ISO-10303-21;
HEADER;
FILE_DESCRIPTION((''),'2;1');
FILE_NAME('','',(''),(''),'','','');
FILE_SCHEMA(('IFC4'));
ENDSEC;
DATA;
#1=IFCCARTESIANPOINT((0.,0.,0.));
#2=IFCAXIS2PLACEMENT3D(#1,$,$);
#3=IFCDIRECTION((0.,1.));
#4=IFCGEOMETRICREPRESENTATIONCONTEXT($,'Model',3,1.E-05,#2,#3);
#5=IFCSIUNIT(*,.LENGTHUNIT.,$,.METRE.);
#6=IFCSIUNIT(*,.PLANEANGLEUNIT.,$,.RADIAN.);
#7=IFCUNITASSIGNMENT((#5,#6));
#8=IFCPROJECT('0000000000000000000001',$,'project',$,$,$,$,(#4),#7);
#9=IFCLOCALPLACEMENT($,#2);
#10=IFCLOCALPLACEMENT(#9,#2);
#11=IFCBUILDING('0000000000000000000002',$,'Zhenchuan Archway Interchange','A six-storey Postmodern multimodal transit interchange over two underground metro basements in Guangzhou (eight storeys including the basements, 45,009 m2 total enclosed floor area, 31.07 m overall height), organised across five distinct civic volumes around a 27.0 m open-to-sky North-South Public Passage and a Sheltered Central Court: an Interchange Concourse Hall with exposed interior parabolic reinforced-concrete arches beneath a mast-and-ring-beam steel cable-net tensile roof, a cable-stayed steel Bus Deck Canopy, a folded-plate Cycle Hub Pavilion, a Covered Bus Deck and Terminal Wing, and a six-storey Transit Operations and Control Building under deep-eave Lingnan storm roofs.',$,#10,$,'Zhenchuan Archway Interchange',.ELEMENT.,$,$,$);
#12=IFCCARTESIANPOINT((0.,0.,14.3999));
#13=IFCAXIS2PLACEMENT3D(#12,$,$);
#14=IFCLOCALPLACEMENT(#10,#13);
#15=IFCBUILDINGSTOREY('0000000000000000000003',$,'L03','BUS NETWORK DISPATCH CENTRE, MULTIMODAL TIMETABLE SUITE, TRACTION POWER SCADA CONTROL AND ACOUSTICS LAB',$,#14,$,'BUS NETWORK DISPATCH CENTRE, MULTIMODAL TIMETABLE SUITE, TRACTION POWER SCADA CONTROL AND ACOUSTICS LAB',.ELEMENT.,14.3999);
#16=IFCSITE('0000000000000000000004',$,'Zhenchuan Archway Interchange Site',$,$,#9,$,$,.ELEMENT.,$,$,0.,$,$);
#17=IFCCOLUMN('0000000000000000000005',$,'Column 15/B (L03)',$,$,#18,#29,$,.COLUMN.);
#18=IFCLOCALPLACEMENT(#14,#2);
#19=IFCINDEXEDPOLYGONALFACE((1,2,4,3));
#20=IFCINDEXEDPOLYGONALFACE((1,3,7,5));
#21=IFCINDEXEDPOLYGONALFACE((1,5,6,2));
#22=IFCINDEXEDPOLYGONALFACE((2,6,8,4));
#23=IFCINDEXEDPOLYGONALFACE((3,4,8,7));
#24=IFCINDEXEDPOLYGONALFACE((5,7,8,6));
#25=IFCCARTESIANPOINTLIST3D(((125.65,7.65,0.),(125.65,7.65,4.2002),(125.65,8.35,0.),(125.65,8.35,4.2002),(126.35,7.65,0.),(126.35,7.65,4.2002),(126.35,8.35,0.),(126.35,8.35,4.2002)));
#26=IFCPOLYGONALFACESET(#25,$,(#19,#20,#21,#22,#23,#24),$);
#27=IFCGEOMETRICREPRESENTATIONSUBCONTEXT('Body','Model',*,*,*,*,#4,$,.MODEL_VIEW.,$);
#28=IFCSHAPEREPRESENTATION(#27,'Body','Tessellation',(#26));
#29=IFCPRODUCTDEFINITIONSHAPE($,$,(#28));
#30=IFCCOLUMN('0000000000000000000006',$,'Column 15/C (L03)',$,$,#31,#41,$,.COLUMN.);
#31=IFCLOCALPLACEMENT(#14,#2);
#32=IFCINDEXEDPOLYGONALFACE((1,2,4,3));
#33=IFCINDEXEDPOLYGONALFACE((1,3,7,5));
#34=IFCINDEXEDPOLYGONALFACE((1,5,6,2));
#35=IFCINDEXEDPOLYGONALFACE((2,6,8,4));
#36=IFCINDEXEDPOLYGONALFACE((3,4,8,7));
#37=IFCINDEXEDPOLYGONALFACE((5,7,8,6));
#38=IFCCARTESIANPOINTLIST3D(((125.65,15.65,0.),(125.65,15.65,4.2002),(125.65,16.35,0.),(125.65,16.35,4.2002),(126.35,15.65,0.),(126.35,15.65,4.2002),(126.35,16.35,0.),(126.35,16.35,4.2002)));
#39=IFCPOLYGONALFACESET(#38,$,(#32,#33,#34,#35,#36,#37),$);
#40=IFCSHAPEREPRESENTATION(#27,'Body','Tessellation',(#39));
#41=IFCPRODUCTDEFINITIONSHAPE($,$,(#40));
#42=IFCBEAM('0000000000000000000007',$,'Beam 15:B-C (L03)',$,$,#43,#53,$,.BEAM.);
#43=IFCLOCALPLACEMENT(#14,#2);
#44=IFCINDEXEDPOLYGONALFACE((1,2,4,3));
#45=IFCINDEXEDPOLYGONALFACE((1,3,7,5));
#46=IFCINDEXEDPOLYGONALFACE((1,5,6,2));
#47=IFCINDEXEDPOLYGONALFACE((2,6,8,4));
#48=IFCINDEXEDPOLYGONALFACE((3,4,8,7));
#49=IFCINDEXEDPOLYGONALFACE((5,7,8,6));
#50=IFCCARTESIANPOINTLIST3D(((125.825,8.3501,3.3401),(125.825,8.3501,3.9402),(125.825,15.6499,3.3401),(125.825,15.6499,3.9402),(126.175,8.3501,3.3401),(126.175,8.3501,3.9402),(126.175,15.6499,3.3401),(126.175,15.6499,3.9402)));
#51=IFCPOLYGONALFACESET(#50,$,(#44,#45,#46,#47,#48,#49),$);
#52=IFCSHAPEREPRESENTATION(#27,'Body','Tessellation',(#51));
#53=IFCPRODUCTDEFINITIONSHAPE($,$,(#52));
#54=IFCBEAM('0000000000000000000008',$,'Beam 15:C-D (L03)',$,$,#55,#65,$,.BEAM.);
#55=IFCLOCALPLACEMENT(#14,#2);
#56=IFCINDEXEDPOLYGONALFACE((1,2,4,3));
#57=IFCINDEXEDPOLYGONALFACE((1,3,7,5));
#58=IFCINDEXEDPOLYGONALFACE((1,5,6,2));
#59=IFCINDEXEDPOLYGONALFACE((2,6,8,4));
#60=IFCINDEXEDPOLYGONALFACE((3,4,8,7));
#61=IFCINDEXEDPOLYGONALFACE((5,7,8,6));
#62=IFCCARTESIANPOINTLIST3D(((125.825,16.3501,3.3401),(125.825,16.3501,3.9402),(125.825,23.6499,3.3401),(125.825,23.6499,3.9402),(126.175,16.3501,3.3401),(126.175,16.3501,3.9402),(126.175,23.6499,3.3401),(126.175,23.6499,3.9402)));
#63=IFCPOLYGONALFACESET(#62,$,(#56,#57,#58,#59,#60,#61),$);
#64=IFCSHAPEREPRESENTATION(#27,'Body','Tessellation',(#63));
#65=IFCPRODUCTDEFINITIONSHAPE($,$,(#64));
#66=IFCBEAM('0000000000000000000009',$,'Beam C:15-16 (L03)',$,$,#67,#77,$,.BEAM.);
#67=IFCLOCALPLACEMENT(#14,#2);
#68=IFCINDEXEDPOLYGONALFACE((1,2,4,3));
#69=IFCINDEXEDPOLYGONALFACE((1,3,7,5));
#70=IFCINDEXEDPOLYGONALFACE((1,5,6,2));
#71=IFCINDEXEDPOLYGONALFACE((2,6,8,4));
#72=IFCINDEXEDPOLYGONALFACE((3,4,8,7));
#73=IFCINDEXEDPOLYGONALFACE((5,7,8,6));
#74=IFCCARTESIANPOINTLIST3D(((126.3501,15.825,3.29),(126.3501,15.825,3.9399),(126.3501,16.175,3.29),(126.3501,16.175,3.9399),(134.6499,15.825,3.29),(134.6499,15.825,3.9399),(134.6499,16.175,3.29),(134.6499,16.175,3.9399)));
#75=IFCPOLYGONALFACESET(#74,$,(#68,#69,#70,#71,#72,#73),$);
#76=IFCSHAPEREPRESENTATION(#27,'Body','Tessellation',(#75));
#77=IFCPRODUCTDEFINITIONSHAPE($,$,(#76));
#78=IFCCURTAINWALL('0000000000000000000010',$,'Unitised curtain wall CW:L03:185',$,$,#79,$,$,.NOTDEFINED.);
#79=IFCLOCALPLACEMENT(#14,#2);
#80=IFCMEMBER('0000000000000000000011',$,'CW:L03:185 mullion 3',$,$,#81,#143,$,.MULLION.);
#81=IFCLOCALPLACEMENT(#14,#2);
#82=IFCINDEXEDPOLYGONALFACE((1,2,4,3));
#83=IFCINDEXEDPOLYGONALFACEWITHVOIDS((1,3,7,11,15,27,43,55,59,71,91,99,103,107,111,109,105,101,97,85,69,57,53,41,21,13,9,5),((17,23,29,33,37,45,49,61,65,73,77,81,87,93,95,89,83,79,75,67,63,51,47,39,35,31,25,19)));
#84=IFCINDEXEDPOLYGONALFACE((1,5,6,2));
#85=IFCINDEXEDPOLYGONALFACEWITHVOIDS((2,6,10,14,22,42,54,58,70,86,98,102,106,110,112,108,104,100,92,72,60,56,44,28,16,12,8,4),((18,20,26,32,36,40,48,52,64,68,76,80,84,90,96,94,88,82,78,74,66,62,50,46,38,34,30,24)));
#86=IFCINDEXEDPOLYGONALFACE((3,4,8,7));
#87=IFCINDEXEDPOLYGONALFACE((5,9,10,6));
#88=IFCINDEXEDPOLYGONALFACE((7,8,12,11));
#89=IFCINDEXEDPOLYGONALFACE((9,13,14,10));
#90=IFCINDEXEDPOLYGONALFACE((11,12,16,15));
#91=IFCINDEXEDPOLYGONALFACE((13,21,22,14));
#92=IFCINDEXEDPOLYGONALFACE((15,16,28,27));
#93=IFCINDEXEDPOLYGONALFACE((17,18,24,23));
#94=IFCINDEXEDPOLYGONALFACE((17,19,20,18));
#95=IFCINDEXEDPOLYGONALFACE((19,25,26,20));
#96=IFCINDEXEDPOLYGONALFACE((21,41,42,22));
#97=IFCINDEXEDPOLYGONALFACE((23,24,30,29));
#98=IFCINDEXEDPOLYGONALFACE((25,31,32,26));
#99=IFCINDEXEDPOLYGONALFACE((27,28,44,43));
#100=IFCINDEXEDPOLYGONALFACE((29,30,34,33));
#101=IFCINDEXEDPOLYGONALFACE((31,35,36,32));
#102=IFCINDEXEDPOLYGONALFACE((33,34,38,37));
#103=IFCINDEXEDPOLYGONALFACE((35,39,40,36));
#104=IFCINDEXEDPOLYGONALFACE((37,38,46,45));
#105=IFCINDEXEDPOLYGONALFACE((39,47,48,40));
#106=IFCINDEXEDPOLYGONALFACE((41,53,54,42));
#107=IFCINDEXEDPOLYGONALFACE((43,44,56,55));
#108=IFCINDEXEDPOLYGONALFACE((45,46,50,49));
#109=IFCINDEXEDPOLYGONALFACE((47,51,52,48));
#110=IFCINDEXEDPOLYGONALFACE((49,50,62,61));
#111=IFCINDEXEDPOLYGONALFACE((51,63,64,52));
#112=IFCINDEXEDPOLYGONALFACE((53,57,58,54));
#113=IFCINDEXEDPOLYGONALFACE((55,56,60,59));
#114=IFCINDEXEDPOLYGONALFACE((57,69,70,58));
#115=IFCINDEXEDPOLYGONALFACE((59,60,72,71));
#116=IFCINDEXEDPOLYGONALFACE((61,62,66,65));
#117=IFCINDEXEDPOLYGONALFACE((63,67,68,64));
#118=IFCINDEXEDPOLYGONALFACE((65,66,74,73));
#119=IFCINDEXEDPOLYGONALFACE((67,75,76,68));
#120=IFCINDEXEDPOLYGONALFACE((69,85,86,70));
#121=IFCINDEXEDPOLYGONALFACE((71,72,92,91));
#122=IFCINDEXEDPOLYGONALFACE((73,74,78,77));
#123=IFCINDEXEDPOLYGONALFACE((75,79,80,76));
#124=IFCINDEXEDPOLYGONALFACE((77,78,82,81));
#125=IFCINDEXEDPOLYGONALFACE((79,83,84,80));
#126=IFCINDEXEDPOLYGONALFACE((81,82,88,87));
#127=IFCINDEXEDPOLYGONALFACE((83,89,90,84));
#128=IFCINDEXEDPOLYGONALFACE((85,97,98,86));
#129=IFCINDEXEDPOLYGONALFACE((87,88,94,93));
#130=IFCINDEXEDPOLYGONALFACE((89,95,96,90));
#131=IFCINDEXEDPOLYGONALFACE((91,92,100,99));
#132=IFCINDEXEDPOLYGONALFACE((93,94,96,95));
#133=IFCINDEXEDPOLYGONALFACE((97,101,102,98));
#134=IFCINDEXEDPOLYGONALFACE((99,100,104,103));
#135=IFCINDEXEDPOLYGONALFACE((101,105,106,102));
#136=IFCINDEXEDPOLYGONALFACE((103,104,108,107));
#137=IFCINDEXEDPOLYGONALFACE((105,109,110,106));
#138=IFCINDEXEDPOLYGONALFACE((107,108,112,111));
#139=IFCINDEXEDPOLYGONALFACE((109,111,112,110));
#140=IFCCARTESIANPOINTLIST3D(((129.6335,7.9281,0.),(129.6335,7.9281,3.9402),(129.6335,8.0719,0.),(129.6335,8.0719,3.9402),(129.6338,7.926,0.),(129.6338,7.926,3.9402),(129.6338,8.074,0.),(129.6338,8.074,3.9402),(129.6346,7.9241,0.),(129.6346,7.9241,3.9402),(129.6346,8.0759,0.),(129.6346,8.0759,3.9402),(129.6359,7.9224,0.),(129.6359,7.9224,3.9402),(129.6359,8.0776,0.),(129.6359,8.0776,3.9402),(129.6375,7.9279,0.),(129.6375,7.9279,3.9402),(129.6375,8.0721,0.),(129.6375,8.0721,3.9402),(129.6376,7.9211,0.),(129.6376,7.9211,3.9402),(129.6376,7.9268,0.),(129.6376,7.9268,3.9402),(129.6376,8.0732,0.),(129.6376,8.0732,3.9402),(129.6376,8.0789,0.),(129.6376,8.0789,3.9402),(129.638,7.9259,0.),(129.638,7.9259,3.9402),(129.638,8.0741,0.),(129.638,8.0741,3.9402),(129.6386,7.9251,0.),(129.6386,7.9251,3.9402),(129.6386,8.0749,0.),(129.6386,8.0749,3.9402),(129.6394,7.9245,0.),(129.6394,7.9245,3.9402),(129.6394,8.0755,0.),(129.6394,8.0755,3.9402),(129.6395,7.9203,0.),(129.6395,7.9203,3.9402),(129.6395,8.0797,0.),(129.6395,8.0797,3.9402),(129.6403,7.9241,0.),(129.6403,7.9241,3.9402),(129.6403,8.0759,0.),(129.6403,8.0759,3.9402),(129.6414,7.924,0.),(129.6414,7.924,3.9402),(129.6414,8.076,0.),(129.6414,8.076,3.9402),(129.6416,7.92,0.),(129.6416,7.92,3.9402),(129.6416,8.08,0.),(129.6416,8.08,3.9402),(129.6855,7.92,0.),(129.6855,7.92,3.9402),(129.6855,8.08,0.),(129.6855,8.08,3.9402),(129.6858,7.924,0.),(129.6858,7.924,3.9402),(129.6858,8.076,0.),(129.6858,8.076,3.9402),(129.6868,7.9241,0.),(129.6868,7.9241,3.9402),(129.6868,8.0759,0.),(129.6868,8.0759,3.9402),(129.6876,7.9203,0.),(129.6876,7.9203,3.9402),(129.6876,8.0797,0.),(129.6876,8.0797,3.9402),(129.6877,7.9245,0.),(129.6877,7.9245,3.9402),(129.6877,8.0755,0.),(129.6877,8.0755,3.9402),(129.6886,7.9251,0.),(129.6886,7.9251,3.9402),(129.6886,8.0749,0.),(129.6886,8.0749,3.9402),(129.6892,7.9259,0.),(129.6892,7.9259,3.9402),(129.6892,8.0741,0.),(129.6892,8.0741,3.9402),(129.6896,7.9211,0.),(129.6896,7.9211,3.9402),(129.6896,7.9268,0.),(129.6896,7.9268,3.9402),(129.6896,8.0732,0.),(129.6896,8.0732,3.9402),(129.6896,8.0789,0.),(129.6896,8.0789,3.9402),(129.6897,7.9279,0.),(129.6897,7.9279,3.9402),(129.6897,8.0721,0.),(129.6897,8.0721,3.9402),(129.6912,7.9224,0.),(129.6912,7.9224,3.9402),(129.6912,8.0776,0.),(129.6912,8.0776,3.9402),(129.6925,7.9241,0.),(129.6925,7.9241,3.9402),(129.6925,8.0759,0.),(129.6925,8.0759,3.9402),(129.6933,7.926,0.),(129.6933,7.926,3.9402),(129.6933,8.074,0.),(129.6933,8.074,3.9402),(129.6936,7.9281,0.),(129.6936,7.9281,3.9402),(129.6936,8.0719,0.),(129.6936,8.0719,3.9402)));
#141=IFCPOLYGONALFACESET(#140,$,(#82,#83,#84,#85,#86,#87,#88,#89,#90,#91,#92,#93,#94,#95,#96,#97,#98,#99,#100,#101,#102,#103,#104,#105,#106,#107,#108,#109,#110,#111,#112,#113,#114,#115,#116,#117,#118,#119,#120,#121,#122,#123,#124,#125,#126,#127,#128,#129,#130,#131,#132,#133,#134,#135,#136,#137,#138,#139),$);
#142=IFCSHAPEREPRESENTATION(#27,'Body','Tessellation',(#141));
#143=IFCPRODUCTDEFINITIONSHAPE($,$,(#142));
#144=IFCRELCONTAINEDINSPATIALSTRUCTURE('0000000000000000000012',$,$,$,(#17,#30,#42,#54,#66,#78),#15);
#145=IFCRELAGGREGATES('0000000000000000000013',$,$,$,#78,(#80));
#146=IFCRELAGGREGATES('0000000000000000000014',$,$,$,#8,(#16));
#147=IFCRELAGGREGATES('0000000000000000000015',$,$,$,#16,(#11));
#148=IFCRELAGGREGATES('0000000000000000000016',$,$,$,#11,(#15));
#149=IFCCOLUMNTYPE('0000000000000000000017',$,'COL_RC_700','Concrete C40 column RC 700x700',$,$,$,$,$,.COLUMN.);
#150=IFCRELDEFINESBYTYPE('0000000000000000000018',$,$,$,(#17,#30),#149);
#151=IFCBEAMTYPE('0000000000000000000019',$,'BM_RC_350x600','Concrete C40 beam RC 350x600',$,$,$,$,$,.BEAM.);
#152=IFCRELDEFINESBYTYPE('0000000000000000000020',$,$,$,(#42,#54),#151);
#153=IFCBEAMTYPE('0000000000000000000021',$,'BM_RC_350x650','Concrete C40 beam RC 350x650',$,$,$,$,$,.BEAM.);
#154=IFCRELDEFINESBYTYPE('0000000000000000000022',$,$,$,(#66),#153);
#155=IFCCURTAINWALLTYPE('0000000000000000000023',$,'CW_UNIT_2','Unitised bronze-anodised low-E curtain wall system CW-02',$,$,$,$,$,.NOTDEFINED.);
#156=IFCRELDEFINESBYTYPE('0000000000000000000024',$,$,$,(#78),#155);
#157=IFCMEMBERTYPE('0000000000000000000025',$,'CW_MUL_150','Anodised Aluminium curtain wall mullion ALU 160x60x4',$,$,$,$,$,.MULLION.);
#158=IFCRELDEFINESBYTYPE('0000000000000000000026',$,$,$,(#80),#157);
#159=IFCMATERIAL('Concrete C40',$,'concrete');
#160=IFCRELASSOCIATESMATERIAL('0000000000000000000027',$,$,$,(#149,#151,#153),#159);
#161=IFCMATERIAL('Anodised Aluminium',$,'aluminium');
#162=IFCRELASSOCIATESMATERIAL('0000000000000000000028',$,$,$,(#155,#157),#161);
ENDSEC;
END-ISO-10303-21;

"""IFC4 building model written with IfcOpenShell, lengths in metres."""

from ifc_helpers import new_model, si_unit, direction, frame, origin, origin_2d, place, context, subcontext, project, spatial, rectangle, hollow_rectangle, extrude, material, material_profile, profile_set, type_object, element, aggregate, save


model = new_model("IFC4")

# Units and contexts
model_context = context("Model", 3, precision=1e-05, world=origin(), true_north=direction((0.0, 1.0)))
body_context = subcontext(model_context, "Body", "Model", "MODEL_VIEW")
ifc_project = project(units=[si_unit("LENGTHUNIT", "METRE"), si_unit("PLANEANGLEUNIT", "RADIAN")], contexts=[model_context])

# Site, building, storey
site_placement = place(None, origin())
site = spatial("IfcSite", under=ifc_project, at=site_placement, Name="Zhenchuan Archway Interchange Site", CompositionType="ELEMENT", RefElevation=0.0)
building_placement = place(site_placement, origin())
building = spatial("IfcBuilding", under=site, at=building_placement, Name="Zhenchuan Archway Interchange", Description="A six-storey Postmodern multimodal transit interchange over two underground metro basements in Guangzhou (eight storeys including the basements, 45,009 m2 total enclosed floor area, 31.07 m overall height), organised across five distinct civic volumes around a 27.0 m open-to-sky North-South Public Passage and a Sheltered Central Court: an Interchange Concourse Hall with exposed interior parabolic reinforced-concrete arches beneath a mast-and-ring-beam steel cable-net tensile roof, a cable-stayed steel Bus Deck Canopy, a folded-plate Cycle Hub Pavilion, a Covered Bus Deck and Terminal Wing, and a six-storey Transit Operations and Control Building under deep-eave Lingnan storm roofs.", LongName="Zhenchuan Archway Interchange", CompositionType="ELEMENT")
storey_placement = place(building_placement, frame((0.0, 0.0, 14.3999)))
storey = spatial("IfcBuildingStorey", under=building, at=storey_placement, Name="L03", Description="BUS NETWORK DISPATCH CENTRE, MULTIMODAL TIMETABLE SUITE, TRACTION POWER SCADA CONTROL AND ACOUSTICS LAB", LongName="BUS NETWORK DISPATCH CENTRE, MULTIMODAL TIMETABLE SUITE, TRACTION POWER SCADA CONTROL AND ACOUSTICS LAB", CompositionType="ELEMENT", Elevation=14.3999)

# Columns
ifc_material_1 = material(Name="Concrete C40", Category="concrete")
ifc_material_profile_1 = material_profile(ifc_material_1, rectangle(XDim=0.7, YDim=0.7, at=origin_2d()), Name="RC 700x700")
ifc_profile_set_1 = profile_set([ifc_material_profile_1], Name="Concrete C40")
column_type = type_object("IfcColumnType", Name="COL_RC_700", Description="Concrete C40 column RC 700x700", PredefinedType="COLUMN", material=ifc_profile_set_1)
for number, where, z_axis, x_axis, name in (
    (1, (126.0, 8.0, 0.0), (0.0, 0.0, 1.0), (1.0, 0.0, 0.0), "Column 15/B (L03)"),
    (2, (126.0, 16.0, 0.0), (0.0, 0.0, 1.0), (1.0, 0.0, 0.0), "Column 15/C (L03)"),
):
    element("IfcColumn", number, at=place(storey_placement, frame(where, z_axis=z_axis, x_axis=x_axis)), inside=storey, type_object=column_type, Name=name, PredefinedType="COLUMN", context=body_context, shape_type="SweptSolid", body=[
        extrude(rectangle(XDim=0.7, YDim=0.7, at=origin_2d()), origin(), (0.0, 0.0, 1.0), 4.2002),
    ])

# Beams
ifc_material_profile_2 = material_profile(ifc_material_1, rectangle(XDim=0.3501, YDim=0.6001, at=origin_2d()), Name="RC 350x600")
ifc_profile_set_2 = profile_set([ifc_material_profile_2], Name="Concrete C40")
beam_type_1 = type_object("IfcBeamType", Name="BM_RC_350x600", Description="Concrete C40 beam RC 350x600", PredefinedType="BEAM", material=ifc_profile_set_2)
for number, where, z_axis, x_axis, name in (
    (3, (126.0, 8.3501, 3.6401), (0.0, 1.0, 0.0), (-1.0, 0.0, 0.0), "Beam 15:B-C (L03)"),
    (4, (126.0, 16.3501, 3.6401), (0.0, 1.0, 0.0), (-1.0, 0.0, 0.0), "Beam 15:C-D (L03)"),
):
    element("IfcBeam", number, at=place(storey_placement, frame(where, z_axis=z_axis, x_axis=x_axis)), inside=storey, type_object=beam_type_1, Name=name, PredefinedType="BEAM", context=body_context, shape_type="SweptSolid", body=[
        extrude(rectangle(XDim=0.3501, YDim=0.6001, at=origin_2d()), origin(), (0.0, 0.0, 1.0), 7.2998),
    ])
ifc_material_profile_3 = material_profile(ifc_material_1, rectangle(XDim=0.3501, YDim=0.6499, at=origin_2d()), Name="RC 350x650")
ifc_profile_set_3 = profile_set([ifc_material_profile_3], Name="Concrete C40")
beam_type_2 = type_object("IfcBeamType", Name="BM_RC_350x650", Description="Concrete C40 beam RC 350x650", PredefinedType="BEAM", material=ifc_profile_set_3)
beam_1_placement = place(storey_placement, frame((126.3501, 16.0, 3.615), z_axis=(1.0, 0.0, 0.0), x_axis=(0.0, 1.0, 0.0)))
element("IfcBeam", 5, at=beam_1_placement, inside=storey, type_object=beam_type_2, Name="Beam C:15-16 (L03)", PredefinedType="BEAM", context=body_context, shape_type="SweptSolid", body=[
    extrude(rectangle(XDim=0.3501, YDim=0.6499, at=origin_2d()), origin(), (0.0, 0.0, 1.0), 8.2998),
])

# Curtain wall, member
ifc_material_2 = material(Name="Anodised Aluminium", Category="aluminium")
curtain_wall_type = type_object("IfcCurtainWallType", Name="CW_UNIT_2", Description="Unitised bronze-anodised low-E curtain wall system CW-02", PredefinedType="NOTDEFINED", material=ifc_material_2)
curtain_wall_placement = place(storey_placement, origin())
curtain_wall = element("IfcCurtainWall", 6, at=curtain_wall_placement, inside=storey, type_object=curtain_wall_type, Name="Unitised curtain wall CW:L03:185", PredefinedType="NOTDEFINED")
ifc_material_profile_4 = material_profile(ifc_material_2, hollow_rectangle(XDim=0.0601, YDim=0.1599, WallThickness=0.0039, InnerFilletRadius=0.0039, OuterFilletRadius=0.0081, at=origin_2d()), Name="ALU 160x60x4")
ifc_profile_set_4 = profile_set([ifc_material_profile_4], Name="Anodised Aluminium")
member_type_1 = type_object("IfcMemberType", Name="CW_MUL_150", Description="Anodised Aluminium curtain wall mullion ALU 160x60x4", PredefinedType="MULLION", material=ifc_profile_set_4)
member_1_placement = place(storey_placement, frame((129.6636, 8.0, 0.0), z_axis=(0.0, 0.0, 1.0), x_axis=(1.0, 0.0, 0.0)))
member_1 = element("IfcMember", 7, at=member_1_placement, type_object=member_type_1, Name="CW:L03:185 mullion 3", PredefinedType="MULLION", context=body_context, shape_type="SweptSolid", body=[
    extrude(hollow_rectangle(XDim=0.0601, YDim=0.1599, WallThickness=0.0039, InnerFilletRadius=0.0039, OuterFilletRadius=0.0081, at=origin_2d()), origin(), (0.0, 0.0, 1.0), 3.9402),
])

aggregate(curtain_wall, [member_1])

save(model, "model.ifc")
